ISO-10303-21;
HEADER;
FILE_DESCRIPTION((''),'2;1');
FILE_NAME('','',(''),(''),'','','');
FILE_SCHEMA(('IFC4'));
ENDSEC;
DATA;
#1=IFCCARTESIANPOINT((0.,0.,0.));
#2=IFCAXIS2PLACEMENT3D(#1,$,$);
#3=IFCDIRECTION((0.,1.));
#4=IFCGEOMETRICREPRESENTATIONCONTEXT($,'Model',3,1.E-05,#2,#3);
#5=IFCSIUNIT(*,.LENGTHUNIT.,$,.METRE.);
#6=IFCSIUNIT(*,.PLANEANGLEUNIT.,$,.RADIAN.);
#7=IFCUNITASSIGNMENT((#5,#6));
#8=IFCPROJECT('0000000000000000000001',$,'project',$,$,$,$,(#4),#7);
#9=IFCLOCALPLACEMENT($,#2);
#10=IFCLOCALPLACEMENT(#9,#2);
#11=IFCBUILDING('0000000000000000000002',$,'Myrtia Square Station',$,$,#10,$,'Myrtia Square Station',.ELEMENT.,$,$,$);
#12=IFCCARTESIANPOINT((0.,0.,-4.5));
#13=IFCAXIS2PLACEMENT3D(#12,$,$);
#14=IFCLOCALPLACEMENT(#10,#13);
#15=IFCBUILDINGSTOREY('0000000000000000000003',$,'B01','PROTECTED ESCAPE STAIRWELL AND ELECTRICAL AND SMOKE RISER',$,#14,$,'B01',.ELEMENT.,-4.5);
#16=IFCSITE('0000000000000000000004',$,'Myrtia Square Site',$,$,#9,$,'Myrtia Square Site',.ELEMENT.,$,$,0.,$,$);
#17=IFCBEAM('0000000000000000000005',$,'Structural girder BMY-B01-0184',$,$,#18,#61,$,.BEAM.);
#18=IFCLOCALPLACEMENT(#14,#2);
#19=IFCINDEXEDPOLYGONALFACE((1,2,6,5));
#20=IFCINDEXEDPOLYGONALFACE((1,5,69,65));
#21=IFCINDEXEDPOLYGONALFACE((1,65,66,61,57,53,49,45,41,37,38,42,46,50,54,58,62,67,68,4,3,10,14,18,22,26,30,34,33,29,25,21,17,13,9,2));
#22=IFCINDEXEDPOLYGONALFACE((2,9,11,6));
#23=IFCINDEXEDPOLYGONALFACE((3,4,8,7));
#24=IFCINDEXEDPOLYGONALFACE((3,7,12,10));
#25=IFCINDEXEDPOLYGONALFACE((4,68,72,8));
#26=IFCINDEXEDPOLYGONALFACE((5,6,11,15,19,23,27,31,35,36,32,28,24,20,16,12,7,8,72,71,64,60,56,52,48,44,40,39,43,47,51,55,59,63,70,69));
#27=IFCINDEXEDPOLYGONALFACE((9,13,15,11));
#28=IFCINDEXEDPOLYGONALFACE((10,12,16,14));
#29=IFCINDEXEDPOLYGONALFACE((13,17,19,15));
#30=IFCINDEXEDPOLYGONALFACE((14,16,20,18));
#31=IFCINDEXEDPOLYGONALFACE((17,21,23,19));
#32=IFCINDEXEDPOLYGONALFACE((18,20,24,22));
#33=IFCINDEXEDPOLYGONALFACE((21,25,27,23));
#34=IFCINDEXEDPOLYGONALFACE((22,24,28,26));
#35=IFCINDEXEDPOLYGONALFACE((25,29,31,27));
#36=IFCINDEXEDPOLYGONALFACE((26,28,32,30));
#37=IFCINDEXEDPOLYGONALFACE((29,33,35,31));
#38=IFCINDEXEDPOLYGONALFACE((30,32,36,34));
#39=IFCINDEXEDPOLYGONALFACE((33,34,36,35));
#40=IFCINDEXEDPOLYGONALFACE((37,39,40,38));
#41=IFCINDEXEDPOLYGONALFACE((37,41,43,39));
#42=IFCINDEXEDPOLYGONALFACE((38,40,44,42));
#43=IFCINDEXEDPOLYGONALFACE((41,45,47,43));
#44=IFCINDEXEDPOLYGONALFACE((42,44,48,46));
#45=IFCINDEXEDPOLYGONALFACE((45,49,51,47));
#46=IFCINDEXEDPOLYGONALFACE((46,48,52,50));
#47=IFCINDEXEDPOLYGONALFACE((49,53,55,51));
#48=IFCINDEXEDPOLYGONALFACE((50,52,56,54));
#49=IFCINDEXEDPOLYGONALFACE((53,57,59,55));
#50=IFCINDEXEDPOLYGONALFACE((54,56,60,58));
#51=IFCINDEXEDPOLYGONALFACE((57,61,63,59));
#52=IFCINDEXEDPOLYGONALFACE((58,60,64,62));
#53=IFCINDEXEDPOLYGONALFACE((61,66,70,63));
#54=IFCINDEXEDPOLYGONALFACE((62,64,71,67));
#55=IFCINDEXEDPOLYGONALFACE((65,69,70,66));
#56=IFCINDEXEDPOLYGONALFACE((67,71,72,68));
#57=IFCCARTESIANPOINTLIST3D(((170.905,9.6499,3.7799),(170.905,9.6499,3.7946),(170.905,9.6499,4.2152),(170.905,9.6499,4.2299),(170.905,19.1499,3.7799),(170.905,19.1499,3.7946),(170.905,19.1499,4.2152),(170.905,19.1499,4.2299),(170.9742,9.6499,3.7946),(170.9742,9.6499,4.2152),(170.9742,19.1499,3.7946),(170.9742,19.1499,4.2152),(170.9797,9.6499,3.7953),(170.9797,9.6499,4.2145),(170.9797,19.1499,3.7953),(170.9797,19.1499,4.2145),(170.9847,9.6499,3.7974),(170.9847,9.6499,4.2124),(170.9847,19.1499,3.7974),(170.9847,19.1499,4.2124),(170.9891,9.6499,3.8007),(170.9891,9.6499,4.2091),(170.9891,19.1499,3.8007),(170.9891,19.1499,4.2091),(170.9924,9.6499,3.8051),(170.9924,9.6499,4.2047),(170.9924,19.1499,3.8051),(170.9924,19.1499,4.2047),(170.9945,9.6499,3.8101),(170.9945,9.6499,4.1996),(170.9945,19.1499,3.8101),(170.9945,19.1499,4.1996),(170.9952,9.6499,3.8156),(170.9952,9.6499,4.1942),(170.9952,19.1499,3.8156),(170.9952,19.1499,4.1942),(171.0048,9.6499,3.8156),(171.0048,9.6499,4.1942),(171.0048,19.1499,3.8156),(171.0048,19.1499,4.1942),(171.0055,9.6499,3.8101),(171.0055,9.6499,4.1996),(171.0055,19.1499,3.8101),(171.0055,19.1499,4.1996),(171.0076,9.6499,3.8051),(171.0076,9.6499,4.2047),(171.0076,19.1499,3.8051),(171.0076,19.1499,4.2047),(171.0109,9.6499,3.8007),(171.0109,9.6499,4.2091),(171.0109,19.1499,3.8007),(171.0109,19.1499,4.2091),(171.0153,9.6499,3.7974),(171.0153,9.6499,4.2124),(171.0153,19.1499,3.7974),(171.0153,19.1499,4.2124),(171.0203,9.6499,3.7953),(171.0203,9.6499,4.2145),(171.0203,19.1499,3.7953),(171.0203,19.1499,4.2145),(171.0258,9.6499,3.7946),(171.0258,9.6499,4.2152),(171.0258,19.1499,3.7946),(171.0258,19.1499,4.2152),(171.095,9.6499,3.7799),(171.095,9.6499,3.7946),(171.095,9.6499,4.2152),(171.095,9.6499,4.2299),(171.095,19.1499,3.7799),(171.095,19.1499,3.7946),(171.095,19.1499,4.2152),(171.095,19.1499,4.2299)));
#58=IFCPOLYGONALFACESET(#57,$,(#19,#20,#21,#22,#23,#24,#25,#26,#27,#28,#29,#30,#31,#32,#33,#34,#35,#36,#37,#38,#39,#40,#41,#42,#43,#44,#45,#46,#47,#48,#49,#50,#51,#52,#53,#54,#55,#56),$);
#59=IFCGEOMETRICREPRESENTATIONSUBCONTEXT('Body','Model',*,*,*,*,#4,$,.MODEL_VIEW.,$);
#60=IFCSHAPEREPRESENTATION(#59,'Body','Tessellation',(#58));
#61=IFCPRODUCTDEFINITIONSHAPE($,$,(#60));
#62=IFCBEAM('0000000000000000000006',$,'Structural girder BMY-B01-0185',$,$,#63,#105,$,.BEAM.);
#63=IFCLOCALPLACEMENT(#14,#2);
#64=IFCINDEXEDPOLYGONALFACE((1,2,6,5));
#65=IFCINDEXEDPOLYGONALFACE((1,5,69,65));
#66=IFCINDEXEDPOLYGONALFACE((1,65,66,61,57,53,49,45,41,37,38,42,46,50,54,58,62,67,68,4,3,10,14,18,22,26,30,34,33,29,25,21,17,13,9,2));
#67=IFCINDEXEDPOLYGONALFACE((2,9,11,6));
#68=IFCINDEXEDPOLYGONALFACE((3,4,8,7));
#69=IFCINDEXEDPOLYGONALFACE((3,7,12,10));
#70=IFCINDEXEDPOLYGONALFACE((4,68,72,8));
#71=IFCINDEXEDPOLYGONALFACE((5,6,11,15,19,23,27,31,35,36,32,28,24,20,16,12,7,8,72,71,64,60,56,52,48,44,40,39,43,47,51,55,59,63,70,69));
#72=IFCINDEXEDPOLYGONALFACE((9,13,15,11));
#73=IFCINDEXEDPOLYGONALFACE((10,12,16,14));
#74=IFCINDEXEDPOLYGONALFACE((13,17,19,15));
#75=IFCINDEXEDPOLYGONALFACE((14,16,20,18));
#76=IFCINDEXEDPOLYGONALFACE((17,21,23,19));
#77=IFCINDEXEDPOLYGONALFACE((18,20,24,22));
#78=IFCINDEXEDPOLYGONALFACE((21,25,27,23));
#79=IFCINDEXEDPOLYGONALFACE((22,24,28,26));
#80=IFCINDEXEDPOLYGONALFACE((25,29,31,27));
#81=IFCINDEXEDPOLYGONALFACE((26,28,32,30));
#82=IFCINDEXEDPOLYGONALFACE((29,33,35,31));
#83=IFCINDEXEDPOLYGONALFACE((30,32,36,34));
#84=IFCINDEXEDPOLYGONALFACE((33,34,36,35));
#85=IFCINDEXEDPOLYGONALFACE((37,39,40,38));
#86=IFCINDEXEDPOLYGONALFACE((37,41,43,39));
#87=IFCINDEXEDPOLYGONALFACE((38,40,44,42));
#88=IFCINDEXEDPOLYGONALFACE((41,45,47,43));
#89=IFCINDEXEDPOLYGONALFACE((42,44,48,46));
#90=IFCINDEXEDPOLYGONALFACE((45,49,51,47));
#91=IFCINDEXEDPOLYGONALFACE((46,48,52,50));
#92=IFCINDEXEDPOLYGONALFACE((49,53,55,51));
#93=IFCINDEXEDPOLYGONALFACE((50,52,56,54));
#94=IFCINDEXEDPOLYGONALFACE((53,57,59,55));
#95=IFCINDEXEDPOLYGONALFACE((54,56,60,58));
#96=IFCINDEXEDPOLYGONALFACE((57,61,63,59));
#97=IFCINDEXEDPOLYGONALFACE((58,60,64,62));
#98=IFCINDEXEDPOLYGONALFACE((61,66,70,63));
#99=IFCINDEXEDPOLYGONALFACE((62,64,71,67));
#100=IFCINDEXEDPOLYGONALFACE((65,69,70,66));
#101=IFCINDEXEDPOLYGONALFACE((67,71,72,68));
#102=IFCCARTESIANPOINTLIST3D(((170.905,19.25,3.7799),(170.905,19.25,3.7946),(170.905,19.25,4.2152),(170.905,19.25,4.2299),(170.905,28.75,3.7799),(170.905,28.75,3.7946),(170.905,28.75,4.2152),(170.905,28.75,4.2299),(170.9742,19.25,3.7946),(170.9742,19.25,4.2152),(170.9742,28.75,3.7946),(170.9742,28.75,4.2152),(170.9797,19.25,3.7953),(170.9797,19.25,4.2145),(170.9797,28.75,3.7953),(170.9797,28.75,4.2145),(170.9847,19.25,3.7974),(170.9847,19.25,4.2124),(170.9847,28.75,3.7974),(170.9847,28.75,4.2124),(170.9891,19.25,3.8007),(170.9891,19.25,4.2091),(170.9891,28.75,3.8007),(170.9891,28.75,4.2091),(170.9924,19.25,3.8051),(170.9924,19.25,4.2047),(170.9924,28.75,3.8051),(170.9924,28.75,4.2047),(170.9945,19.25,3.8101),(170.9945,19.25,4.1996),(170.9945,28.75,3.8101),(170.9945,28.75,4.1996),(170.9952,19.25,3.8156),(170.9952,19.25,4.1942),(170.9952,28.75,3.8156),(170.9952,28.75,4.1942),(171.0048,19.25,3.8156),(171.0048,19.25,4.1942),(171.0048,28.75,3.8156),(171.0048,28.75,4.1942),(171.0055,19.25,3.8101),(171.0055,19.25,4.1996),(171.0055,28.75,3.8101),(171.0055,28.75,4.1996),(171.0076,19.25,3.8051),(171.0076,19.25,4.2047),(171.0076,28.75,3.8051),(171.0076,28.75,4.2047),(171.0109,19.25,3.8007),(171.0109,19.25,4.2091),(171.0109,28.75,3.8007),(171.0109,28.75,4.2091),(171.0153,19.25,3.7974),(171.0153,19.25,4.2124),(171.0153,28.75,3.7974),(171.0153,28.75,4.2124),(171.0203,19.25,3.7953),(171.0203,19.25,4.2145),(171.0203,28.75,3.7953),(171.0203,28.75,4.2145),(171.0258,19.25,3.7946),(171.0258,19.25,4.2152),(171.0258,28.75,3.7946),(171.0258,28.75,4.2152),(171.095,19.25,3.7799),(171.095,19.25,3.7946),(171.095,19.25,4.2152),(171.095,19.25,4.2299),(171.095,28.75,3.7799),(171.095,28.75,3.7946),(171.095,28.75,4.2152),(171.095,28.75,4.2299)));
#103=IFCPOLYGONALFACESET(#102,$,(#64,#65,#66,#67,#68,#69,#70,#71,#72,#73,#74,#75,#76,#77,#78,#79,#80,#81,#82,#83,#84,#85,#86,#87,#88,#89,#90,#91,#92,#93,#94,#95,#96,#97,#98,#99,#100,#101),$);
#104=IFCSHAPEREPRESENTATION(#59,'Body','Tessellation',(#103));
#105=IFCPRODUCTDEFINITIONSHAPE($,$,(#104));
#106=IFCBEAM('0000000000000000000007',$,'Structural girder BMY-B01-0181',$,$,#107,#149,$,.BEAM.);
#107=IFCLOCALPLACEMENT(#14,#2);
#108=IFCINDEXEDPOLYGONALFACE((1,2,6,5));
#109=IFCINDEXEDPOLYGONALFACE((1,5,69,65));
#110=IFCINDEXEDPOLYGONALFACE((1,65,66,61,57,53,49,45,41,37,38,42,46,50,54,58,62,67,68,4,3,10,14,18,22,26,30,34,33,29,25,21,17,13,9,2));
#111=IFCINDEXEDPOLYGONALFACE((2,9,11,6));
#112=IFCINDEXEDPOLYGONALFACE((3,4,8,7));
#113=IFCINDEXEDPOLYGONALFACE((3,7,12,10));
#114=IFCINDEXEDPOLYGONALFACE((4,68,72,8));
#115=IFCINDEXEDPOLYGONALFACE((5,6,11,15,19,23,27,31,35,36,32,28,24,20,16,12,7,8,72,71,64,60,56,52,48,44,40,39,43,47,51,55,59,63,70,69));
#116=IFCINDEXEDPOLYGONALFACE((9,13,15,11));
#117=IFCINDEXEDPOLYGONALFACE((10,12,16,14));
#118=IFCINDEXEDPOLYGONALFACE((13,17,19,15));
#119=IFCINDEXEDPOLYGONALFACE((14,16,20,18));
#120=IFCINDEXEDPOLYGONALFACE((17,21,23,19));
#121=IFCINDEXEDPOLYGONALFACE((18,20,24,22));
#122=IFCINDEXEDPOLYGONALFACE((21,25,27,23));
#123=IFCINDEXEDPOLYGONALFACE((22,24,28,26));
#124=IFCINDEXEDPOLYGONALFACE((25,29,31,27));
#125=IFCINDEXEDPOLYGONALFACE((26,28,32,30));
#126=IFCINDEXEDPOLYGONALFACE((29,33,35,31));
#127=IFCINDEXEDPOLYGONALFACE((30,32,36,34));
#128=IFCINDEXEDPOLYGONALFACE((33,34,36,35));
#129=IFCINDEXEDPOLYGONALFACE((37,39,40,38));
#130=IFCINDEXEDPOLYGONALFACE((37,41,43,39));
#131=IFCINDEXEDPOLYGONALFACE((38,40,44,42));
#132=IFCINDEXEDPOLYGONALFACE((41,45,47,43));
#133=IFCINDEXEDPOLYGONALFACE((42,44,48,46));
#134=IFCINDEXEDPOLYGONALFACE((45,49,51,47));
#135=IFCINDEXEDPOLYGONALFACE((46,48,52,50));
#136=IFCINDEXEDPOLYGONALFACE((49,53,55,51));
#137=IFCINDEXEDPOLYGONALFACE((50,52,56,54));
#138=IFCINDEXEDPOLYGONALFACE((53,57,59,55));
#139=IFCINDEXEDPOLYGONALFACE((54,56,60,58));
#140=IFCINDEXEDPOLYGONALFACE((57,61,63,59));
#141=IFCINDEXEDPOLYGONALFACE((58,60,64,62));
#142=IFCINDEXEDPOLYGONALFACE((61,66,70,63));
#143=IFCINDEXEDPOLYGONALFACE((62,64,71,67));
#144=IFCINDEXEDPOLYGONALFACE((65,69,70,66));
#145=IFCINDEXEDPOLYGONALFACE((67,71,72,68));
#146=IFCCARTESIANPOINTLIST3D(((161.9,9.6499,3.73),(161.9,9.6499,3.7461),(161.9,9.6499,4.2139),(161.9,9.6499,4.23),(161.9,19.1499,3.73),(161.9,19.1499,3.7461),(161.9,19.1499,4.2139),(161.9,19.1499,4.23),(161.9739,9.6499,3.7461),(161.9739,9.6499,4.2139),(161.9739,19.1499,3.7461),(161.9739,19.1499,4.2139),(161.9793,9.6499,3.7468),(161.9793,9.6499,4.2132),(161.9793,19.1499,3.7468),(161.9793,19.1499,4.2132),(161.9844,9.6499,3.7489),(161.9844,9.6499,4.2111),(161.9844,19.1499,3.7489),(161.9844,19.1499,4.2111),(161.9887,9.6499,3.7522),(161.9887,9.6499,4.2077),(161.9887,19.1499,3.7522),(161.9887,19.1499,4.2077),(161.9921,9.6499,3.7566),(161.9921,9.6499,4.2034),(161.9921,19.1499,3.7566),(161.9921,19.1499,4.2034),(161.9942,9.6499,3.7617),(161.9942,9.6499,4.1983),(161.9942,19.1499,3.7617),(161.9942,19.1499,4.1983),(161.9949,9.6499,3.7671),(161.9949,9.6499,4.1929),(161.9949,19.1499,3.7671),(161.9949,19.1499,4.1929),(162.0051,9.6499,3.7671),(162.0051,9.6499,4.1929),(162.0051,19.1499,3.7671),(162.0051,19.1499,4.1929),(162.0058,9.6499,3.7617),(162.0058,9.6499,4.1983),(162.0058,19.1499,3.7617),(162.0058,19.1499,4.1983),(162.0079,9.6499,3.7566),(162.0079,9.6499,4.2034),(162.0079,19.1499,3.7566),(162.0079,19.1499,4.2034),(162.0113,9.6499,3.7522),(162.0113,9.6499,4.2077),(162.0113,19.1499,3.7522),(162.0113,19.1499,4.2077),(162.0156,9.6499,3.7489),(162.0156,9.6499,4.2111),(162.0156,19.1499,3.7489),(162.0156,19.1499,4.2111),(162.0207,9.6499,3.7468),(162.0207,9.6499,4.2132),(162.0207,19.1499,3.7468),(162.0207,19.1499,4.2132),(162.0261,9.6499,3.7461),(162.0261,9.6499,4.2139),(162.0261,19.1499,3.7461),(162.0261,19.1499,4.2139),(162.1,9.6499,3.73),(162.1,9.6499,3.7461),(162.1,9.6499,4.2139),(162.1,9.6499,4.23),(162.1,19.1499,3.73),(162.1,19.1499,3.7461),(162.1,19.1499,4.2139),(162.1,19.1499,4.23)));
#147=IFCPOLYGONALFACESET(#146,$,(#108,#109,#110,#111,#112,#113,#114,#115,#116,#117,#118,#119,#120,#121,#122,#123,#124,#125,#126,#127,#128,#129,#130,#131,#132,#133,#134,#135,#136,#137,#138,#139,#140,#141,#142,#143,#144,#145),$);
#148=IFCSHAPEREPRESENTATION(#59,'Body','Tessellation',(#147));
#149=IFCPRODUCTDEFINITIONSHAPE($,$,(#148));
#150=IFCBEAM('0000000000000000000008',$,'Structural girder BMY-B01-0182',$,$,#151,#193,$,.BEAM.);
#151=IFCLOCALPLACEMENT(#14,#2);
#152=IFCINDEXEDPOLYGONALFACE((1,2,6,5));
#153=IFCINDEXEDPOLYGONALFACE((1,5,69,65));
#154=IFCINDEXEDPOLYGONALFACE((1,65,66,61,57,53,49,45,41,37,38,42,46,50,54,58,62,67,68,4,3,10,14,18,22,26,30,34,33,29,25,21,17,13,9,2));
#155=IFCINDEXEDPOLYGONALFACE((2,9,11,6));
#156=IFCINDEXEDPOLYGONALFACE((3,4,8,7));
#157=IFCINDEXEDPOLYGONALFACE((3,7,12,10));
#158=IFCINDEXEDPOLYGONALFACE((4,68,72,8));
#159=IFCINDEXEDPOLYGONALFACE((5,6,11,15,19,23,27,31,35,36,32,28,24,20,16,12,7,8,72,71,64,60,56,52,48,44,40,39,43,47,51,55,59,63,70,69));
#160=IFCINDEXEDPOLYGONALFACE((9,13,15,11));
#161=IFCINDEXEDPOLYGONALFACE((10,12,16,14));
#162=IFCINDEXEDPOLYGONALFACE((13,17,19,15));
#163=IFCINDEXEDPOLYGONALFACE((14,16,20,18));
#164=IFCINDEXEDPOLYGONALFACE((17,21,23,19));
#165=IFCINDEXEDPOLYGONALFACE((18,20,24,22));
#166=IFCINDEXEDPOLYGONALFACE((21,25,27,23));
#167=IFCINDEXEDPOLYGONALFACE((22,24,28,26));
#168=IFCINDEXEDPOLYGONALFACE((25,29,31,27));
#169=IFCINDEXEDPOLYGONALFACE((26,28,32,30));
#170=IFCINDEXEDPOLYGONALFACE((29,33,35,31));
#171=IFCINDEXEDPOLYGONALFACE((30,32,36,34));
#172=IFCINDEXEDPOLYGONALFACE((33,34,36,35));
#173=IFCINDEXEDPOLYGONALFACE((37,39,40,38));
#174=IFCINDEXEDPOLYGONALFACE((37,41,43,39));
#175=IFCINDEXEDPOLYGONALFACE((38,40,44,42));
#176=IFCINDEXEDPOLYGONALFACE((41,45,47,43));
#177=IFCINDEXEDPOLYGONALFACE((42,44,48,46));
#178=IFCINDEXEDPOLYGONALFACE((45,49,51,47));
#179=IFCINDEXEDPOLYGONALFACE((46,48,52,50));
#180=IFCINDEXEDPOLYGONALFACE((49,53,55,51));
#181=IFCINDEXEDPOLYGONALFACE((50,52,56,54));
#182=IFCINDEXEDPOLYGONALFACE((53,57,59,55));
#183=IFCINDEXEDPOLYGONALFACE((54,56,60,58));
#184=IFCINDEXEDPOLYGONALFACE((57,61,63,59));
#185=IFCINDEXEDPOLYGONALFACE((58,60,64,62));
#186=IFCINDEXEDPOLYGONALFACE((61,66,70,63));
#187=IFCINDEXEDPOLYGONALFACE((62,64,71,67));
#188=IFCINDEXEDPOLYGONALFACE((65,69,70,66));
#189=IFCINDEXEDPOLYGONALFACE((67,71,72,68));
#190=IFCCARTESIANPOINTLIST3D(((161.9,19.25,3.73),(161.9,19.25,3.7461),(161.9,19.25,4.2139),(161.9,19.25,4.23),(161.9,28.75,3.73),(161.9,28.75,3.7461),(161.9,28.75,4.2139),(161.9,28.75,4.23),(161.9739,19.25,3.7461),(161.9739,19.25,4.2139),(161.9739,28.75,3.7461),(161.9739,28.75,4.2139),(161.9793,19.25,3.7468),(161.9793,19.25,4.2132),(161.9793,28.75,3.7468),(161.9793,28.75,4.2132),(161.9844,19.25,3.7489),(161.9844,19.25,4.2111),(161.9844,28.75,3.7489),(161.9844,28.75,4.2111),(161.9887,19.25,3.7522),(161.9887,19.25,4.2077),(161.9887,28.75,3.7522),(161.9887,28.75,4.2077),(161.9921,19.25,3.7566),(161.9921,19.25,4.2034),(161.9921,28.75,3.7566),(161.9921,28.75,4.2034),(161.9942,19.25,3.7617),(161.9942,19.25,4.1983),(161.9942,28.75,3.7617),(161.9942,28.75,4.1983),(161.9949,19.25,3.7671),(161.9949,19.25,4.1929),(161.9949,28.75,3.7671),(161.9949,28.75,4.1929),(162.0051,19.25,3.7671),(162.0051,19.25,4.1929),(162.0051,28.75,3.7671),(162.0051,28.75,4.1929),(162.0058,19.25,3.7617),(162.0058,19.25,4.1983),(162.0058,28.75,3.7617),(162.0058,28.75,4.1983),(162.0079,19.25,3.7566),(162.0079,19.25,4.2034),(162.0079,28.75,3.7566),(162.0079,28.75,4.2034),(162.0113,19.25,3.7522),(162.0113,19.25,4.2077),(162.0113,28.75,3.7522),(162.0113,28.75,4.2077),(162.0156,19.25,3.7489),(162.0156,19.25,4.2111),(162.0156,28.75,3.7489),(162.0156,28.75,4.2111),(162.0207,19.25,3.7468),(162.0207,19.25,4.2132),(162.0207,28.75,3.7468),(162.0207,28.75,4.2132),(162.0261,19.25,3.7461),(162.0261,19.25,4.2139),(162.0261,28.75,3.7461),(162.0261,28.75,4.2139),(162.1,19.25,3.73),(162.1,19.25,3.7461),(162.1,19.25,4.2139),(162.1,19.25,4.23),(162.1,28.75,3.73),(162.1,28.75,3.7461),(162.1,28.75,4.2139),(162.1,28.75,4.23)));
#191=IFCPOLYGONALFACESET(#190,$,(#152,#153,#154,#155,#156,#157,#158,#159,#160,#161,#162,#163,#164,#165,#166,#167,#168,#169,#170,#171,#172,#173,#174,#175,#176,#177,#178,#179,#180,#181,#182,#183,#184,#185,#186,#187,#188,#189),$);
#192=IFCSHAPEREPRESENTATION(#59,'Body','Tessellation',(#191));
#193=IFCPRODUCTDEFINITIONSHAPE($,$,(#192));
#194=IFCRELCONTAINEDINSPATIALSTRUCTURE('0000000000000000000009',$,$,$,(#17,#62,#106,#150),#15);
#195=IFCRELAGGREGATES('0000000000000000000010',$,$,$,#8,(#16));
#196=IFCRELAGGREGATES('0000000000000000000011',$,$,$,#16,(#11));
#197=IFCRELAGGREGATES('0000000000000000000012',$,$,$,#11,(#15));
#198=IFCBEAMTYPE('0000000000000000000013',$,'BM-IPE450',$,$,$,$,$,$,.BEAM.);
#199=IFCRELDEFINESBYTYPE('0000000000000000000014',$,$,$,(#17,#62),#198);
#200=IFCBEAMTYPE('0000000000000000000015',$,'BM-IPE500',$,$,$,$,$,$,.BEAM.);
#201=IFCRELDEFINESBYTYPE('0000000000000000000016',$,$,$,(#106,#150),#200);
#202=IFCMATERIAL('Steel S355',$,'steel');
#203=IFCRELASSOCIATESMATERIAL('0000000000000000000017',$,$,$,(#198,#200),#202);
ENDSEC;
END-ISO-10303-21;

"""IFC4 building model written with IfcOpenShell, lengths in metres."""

from ifc_helpers import new_model, si_unit, direction, frame, origin, origin_2d, place, context, subcontext, project, spatial, i_section, extrude, material, material_profile, profile_set, type_object, element, save


model = new_model("IFC4")

# Units and contexts
model_context = context("Model", 3, precision=1e-05, world=origin(), true_north=direction((0.0, 1.0)))
body_context = subcontext(model_context, "Body", "Model", "MODEL_VIEW")
ifc_project = project(units=[si_unit("LENGTHUNIT", "METRE"), si_unit("PLANEANGLEUNIT", "RADIAN")], contexts=[model_context])

# Site, building, storey
site_placement = place(None, origin())
site = spatial("IfcSite", under=ifc_project, at=site_placement, Name="Myrtia Square Site", LongName="Myrtia Square Site", CompositionType="ELEMENT", RefElevation=0.0)
building_placement = place(site_placement, origin())
building = spatial("IfcBuilding", under=site, at=building_placement, Name="Myrtia Square Station", LongName="Myrtia Square Station", CompositionType="ELEMENT")
storey_placement = place(building_placement, frame((0.0, 0.0, -4.5)))
storey = spatial("IfcBuildingStorey", under=building, at=storey_placement, Name="B01", Description="PROTECTED ESCAPE STAIRWELL AND ELECTRICAL AND SMOKE RISER", LongName="B01", CompositionType="ELEMENT", Elevation=-4.5)

# Shared definitions
ifc_material_1 = material(Name="Steel S355", Category="steel")

# Beams
ifc_material_profile_1 = material_profile(ifc_material_1, i_section(OverallWidth=0.1899, OverallDepth=0.45, WebThickness=0.0095, FlangeThickness=0.0146, FilletRadius=0.021, at=origin_2d()), Name="IPE 450")
ifc_profile_set_1 = profile_set([ifc_material_profile_1], Name="Steel S355")
beam_type_1 = type_object("IfcBeamType", Name="BM-IPE450", PredefinedType="BEAM", material=ifc_profile_set_1)
for number, where, z_axis, x_axis, name in (
    (1, (171.0, 9.6499, 4.0049), (0.0, 1.0, 0.0), (-1.0, 0.0, 0.0), "Structural girder BMY-B01-0184"),
    (2, (171.0, 19.25, 4.0049), (0.0, 1.0, 0.0), (-1.0, 0.0, 0.0), "Structural girder BMY-B01-0185"),
):
    element("IfcBeam", number, at=place(storey_placement, frame(where, z_axis=z_axis, x_axis=x_axis)), inside=storey, type_object=beam_type_1, Name=name, PredefinedType="BEAM", context=body_context, shape_type="SweptSolid", body=[
        extrude(i_section(OverallWidth=0.1899, OverallDepth=0.45, WebThickness=0.0095, FlangeThickness=0.0146, FilletRadius=0.021, at=origin_2d()), origin(), (0.0, 0.0, 1.0), 9.5),
    ])
ifc_material_profile_2 = material_profile(ifc_material_1, i_section(OverallWidth=0.2, OverallDepth=0.5, WebThickness=0.0103, FlangeThickness=0.0161, FilletRadius=0.021, at=origin_2d()), Name="IPE 500")
ifc_profile_set_2 = profile_set([ifc_material_profile_2], Name="Steel S355")
beam_type_2 = type_object("IfcBeamType", Name="BM-IPE500", PredefinedType="BEAM", material=ifc_profile_set_2)
for number, where, z_axis, x_axis, name in (
    (3, (162.0, 9.6499, 3.98), (0.0, 1.0, 0.0), (-1.0, 0.0, 0.0), "Structural girder BMY-B01-0181"),
    (4, (162.0, 19.25, 3.98), (0.0, 1.0, 0.0), (-1.0, 0.0, 0.0), "Structural girder BMY-B01-0182"),
):
    element("IfcBeam", number, at=place(storey_placement, frame(where, z_axis=z_axis, x_axis=x_axis)), inside=storey, type_object=beam_type_2, Name=name, PredefinedType="BEAM", context=body_context, shape_type="SweptSolid", body=[
        extrude(i_section(OverallWidth=0.2, OverallDepth=0.5, WebThickness=0.0103, FlangeThickness=0.0161, FilletRadius=0.021, at=origin_2d()), origin(), (0.0, 0.0, 1.0), 9.5),
    ])

save(model, "model.ifc")
